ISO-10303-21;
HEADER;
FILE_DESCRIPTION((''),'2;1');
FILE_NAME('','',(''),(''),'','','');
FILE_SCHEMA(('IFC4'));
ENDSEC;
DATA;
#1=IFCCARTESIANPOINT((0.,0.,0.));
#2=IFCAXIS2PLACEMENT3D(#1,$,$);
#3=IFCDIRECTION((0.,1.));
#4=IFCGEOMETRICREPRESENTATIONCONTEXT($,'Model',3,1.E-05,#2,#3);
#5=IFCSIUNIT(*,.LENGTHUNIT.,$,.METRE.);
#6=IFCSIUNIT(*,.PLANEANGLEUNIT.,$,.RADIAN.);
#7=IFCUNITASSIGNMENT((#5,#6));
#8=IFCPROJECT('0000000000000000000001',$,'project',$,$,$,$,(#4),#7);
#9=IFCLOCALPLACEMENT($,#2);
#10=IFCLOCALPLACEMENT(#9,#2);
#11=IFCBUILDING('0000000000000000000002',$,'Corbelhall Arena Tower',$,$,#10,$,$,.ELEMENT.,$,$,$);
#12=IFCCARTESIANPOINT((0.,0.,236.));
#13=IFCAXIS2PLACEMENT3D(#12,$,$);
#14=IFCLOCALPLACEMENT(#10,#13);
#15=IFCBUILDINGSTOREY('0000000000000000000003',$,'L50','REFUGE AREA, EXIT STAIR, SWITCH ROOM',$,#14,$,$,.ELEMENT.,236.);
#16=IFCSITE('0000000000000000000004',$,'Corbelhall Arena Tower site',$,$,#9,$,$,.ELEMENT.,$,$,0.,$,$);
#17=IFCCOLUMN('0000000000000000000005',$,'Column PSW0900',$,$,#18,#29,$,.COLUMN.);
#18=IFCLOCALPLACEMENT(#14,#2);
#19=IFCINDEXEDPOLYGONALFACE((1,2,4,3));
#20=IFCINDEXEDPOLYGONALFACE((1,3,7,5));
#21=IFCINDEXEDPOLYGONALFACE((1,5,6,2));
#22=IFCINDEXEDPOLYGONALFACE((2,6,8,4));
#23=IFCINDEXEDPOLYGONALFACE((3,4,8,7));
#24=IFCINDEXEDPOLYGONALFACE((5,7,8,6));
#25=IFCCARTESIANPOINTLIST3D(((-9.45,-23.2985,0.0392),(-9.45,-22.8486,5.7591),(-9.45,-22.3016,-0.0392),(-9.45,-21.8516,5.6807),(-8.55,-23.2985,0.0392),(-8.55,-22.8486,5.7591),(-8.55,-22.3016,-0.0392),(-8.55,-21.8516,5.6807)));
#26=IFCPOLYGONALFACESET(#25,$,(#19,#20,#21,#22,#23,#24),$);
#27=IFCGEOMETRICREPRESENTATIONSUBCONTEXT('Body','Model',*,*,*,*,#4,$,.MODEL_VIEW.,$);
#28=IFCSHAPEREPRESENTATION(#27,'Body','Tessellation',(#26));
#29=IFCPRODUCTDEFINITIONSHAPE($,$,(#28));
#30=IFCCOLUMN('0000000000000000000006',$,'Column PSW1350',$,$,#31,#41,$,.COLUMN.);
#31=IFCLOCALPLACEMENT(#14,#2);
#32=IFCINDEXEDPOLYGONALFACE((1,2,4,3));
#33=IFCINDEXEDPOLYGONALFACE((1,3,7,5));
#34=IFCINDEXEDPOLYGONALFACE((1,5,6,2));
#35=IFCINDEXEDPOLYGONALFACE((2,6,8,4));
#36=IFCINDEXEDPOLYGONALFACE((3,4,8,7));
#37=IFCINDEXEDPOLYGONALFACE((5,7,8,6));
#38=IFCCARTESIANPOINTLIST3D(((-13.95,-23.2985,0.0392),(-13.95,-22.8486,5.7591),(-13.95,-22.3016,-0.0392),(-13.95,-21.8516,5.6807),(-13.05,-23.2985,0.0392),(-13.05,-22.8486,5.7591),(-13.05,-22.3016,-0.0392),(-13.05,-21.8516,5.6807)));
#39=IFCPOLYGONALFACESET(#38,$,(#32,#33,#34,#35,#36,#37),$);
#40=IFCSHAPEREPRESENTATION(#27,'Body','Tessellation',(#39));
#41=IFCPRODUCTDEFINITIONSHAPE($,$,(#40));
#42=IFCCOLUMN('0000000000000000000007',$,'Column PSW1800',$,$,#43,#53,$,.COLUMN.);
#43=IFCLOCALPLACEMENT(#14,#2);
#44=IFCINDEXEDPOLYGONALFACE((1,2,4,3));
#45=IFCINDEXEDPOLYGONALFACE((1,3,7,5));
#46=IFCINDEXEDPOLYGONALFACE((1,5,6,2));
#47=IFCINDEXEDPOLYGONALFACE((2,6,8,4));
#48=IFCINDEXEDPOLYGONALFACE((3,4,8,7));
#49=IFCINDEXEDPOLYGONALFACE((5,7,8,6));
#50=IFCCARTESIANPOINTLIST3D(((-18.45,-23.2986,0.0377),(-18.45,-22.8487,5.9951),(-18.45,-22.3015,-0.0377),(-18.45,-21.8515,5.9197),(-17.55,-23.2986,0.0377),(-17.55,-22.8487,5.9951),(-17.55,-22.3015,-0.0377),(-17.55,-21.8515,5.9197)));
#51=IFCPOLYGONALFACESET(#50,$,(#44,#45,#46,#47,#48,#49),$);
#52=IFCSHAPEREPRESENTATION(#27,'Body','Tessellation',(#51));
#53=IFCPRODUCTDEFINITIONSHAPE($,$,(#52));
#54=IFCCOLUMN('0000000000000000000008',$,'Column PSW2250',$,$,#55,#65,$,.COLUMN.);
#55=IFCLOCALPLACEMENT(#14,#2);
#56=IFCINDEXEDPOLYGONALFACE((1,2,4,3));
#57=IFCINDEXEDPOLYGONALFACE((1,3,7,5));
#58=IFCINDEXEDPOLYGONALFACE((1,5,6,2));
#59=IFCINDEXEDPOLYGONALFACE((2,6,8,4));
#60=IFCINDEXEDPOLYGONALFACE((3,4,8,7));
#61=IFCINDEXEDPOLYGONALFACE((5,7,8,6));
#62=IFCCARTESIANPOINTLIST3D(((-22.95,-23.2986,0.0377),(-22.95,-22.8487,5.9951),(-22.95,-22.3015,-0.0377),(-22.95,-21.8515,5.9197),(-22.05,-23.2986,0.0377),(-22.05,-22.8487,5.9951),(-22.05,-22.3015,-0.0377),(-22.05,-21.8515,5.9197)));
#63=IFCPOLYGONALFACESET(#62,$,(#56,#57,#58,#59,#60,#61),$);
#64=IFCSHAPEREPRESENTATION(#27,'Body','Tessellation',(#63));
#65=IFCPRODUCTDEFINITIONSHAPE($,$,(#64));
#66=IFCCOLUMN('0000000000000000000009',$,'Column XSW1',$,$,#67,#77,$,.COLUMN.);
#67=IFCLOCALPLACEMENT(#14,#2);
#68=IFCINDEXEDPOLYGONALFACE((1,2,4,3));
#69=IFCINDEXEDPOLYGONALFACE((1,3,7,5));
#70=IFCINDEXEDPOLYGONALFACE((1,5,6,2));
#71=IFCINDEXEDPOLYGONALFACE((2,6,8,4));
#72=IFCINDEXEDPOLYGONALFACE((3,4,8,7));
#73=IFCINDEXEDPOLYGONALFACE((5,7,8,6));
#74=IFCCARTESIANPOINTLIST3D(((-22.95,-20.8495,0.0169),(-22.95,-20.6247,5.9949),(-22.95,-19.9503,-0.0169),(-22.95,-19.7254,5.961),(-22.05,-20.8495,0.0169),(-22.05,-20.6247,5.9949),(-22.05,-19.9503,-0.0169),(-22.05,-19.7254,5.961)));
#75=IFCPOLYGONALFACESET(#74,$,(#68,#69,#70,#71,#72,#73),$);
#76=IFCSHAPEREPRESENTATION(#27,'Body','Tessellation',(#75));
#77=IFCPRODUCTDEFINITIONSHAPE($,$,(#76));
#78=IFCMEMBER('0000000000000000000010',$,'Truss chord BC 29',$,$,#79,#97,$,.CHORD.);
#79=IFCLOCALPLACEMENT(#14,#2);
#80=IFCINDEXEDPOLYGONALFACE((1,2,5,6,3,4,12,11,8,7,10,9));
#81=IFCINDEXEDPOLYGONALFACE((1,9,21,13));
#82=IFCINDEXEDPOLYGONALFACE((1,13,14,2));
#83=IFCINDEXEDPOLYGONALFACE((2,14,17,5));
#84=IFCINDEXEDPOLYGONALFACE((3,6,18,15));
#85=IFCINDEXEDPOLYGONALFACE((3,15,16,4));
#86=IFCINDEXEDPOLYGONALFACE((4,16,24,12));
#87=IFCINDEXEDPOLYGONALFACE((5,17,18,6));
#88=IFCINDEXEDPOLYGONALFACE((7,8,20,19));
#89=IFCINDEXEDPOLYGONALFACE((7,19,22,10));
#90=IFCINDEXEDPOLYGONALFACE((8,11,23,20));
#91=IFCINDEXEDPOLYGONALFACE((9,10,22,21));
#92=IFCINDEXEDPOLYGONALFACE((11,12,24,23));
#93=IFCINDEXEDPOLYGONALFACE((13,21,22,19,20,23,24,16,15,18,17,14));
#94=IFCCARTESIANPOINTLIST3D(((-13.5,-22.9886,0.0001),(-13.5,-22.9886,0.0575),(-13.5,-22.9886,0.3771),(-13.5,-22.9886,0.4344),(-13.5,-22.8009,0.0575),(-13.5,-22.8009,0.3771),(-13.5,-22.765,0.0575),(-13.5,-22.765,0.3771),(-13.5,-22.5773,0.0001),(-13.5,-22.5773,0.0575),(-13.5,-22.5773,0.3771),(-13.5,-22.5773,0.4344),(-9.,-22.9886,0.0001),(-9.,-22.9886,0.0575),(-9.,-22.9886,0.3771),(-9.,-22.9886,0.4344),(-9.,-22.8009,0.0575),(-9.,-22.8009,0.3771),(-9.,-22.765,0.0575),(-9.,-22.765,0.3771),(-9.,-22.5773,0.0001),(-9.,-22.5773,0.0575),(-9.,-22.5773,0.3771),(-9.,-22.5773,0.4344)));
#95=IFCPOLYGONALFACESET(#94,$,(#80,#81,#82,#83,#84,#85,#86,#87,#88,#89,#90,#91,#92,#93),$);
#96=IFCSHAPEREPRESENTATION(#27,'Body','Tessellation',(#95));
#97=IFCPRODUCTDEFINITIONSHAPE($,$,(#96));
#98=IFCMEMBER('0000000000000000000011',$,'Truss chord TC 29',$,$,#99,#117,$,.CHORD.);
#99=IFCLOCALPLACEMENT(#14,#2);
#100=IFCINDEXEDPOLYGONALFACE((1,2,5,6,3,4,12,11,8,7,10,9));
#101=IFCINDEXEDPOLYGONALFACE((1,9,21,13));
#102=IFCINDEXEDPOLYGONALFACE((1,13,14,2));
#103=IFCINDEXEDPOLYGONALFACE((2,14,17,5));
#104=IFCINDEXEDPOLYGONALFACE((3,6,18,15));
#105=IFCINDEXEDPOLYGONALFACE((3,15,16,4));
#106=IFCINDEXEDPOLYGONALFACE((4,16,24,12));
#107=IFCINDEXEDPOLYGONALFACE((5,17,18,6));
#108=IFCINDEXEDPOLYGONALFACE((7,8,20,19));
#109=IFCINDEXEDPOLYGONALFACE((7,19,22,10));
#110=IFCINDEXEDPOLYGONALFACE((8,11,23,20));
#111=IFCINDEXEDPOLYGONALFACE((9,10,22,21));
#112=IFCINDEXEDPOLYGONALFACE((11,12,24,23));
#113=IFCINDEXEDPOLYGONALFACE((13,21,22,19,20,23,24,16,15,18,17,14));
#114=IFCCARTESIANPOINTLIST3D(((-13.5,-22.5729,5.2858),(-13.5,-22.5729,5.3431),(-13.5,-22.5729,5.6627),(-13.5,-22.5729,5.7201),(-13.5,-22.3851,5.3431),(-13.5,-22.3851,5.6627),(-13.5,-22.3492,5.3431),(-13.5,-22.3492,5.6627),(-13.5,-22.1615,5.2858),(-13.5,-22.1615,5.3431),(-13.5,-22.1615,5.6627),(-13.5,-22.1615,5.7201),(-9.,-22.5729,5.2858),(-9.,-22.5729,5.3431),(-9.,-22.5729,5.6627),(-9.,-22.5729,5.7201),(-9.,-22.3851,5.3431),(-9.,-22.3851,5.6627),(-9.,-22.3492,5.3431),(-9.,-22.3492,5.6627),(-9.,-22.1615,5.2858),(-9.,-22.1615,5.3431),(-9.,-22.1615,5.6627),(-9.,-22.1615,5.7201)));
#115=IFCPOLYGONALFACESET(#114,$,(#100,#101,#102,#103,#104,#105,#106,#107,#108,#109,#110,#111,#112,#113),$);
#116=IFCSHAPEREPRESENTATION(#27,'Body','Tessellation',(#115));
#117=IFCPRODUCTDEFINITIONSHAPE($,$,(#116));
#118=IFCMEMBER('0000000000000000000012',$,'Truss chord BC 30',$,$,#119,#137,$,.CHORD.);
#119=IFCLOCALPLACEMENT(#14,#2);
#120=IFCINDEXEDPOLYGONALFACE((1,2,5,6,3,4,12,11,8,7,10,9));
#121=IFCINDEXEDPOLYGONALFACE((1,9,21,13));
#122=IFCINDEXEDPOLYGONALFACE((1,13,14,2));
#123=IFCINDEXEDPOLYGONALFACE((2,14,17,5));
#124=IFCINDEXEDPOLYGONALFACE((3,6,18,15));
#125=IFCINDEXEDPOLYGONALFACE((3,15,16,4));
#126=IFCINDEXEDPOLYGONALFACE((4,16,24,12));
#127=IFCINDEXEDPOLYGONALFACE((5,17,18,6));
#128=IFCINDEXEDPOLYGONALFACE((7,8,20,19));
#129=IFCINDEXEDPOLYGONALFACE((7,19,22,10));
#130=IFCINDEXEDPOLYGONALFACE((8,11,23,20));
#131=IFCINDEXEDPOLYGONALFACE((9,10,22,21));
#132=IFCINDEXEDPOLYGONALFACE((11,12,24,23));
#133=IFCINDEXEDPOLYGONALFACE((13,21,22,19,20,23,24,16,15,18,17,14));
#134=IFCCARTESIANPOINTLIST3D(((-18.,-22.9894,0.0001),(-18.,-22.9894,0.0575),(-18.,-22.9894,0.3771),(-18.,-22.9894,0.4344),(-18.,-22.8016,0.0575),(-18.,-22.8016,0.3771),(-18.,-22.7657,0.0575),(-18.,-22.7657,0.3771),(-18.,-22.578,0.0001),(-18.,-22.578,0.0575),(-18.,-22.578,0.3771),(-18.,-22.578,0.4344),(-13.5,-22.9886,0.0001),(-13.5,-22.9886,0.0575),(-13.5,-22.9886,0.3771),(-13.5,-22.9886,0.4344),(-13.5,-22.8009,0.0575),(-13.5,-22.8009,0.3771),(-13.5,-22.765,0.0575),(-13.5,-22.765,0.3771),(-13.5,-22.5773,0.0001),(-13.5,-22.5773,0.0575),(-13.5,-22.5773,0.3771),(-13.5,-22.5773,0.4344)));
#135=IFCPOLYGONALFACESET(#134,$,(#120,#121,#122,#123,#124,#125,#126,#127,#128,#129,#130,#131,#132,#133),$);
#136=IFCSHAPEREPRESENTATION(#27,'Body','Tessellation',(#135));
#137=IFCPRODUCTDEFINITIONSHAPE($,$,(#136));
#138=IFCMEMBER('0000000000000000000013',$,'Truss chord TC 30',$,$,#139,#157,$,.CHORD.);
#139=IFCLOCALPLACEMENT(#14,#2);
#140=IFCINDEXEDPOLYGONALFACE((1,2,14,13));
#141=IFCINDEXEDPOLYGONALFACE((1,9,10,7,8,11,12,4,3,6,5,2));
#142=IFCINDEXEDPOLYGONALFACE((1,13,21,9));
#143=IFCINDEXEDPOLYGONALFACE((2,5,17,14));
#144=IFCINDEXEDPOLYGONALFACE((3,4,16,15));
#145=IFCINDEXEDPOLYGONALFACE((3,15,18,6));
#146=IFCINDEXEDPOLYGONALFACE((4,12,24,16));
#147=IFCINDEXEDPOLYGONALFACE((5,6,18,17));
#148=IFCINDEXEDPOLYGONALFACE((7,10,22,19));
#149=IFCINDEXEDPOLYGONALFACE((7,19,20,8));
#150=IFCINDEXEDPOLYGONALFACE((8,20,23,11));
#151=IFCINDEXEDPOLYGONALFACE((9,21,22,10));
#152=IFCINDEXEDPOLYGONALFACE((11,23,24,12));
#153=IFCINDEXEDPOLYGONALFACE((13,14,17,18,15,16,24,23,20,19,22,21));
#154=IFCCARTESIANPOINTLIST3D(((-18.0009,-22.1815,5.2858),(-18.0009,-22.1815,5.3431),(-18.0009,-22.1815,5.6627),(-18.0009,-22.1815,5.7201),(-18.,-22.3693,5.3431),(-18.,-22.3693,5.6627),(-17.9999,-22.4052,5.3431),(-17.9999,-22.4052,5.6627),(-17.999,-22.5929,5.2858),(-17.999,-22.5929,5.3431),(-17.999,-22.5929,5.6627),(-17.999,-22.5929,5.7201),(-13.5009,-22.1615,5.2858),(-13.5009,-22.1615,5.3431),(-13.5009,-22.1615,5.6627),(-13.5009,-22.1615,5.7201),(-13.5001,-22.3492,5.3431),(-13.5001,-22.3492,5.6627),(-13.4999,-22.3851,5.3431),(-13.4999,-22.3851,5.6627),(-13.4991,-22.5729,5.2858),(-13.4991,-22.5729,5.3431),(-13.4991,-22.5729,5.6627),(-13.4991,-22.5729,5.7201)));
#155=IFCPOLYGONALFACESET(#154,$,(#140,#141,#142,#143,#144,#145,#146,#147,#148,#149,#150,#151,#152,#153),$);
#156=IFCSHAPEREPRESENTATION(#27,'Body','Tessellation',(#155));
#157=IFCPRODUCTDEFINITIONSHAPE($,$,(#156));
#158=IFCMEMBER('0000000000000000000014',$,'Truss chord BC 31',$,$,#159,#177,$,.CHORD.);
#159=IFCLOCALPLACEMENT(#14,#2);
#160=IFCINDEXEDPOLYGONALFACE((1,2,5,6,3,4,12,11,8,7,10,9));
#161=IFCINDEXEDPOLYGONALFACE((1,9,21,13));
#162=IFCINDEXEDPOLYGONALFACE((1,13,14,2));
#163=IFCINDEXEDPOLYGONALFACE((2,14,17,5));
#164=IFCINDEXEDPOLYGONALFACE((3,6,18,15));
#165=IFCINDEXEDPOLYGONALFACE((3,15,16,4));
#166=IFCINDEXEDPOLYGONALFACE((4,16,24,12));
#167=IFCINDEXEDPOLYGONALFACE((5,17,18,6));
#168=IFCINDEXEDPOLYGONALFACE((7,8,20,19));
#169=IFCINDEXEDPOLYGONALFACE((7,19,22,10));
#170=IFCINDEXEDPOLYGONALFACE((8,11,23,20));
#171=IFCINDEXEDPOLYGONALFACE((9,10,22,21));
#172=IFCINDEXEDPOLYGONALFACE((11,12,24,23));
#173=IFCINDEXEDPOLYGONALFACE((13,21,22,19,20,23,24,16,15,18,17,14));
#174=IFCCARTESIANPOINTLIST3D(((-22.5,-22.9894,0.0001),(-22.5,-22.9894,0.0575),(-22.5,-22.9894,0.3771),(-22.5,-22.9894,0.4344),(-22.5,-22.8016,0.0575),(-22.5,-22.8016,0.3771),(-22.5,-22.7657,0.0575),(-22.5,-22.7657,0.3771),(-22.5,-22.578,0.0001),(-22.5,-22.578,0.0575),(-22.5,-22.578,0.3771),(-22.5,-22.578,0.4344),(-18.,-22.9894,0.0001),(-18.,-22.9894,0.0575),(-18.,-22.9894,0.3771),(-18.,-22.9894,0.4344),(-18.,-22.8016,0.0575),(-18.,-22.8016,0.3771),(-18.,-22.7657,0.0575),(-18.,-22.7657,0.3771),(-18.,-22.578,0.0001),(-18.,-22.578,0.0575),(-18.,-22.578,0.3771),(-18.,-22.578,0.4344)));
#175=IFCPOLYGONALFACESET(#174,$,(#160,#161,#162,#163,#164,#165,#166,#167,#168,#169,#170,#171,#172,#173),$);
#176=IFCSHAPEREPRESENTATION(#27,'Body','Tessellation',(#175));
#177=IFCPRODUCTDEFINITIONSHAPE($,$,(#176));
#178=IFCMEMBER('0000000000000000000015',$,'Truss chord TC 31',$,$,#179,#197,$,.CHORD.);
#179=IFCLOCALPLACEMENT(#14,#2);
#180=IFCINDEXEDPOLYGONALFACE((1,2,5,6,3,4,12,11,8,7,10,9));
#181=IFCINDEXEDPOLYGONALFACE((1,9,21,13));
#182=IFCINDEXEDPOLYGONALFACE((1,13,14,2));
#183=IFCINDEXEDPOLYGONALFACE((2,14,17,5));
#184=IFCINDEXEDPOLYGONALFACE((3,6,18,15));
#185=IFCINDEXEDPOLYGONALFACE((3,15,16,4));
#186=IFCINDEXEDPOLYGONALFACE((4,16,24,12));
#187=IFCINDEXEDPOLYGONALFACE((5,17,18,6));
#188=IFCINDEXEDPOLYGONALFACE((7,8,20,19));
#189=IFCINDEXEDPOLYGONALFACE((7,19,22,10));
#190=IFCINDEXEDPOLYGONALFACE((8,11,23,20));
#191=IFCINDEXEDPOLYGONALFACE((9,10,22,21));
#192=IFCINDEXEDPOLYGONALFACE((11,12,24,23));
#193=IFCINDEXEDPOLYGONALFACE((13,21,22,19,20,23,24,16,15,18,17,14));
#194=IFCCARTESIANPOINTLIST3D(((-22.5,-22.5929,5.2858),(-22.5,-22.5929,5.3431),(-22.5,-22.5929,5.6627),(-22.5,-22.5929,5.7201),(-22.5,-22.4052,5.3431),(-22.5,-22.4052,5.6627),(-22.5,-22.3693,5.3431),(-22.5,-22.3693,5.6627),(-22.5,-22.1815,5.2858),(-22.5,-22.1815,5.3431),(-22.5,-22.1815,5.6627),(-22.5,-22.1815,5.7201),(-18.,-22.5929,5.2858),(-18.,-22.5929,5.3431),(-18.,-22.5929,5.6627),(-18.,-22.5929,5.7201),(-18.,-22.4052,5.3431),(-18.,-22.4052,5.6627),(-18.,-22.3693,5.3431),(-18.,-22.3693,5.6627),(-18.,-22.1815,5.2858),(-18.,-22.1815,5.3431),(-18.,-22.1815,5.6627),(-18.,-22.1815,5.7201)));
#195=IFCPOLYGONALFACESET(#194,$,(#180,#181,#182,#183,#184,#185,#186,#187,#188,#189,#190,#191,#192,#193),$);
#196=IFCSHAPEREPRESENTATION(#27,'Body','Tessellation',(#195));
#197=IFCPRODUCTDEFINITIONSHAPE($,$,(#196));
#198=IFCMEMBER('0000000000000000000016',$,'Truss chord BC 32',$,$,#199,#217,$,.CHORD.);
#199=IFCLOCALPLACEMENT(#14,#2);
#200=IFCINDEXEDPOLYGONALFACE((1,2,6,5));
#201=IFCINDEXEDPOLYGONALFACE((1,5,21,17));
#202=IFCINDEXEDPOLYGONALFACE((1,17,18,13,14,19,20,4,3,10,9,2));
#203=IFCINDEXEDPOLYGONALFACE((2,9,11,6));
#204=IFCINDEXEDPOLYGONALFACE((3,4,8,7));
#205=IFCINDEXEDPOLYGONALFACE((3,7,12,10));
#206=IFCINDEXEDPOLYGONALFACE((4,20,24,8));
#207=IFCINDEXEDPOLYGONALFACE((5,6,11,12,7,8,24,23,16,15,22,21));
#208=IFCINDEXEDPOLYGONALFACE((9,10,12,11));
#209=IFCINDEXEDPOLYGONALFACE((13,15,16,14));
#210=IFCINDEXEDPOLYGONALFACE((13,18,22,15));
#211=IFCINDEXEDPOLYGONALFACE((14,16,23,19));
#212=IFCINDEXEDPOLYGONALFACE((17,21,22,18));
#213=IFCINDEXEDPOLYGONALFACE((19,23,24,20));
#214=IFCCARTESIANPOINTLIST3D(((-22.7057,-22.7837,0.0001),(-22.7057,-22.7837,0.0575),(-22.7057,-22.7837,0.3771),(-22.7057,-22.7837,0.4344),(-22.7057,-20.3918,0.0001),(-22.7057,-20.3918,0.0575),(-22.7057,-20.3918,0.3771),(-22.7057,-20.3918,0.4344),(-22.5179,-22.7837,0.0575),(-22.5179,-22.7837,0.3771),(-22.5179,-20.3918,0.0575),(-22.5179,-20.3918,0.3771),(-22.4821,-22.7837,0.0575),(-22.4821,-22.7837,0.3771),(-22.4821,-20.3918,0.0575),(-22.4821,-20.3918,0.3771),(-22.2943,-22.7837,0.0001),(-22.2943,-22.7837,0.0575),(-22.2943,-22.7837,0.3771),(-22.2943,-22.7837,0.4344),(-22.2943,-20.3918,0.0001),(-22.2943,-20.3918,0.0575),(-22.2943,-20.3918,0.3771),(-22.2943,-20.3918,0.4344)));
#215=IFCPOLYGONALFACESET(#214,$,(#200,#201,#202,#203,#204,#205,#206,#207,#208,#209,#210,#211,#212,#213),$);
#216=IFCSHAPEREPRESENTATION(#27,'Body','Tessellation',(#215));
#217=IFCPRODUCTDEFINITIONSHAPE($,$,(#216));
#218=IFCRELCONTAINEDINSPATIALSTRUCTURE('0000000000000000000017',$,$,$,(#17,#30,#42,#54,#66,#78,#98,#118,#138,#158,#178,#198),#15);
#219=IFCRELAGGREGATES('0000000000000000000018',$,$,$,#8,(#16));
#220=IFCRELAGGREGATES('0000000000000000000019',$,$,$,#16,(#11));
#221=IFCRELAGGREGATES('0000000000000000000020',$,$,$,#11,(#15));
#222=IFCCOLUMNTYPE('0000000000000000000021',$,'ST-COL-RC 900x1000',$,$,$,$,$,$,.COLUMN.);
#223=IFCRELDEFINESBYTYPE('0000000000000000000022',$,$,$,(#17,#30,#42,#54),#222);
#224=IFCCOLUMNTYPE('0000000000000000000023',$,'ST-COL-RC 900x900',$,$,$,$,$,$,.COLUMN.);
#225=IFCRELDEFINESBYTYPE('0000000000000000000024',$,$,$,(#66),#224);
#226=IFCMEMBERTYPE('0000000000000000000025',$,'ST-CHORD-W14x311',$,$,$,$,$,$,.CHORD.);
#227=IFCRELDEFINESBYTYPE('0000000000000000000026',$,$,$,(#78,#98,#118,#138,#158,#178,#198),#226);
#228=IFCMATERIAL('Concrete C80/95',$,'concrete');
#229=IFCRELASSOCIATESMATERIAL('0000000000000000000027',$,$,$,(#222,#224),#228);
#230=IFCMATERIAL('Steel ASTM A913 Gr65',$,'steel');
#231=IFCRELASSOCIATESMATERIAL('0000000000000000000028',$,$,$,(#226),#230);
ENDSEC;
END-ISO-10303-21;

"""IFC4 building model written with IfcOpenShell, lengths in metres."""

from ifc_helpers import new_model, si_unit, direction, frame, origin, origin_2d, place, context, subcontext, project, spatial, rectangle, i_section, extrude, material, material_profile, profile_set, type_object, element, save


model = new_model("IFC4")

# Units and contexts
model_context = context("Model", 3, precision=1e-05, world=origin(), true_north=direction((0.0, 1.0)))
body_context = subcontext(model_context, "Body", "Model", "MODEL_VIEW")
ifc_project = project(units=[si_unit("LENGTHUNIT", "METRE"), si_unit("PLANEANGLEUNIT", "RADIAN")], contexts=[model_context])

# Site, building, storey
site_placement = place(None, origin())
site = spatial("IfcSite", under=ifc_project, at=site_placement, Name="Corbelhall Arena Tower site", CompositionType="ELEMENT", RefElevation=0.0)
building_placement = place(site_placement, origin())
building = spatial("IfcBuilding", under=site, at=building_placement, Name="Corbelhall Arena Tower", CompositionType="ELEMENT")
storey_placement = place(building_placement, frame((0.0, 0.0, 236.0)))
storey = spatial("IfcBuildingStorey", under=building, at=storey_placement, Name="L50", Description="REFUGE AREA, EXIT STAIR, SWITCH ROOM", CompositionType="ELEMENT", Elevation=236.0)

# Columns
ifc_material_1 = material(Name="Concrete C80/95", Category="concrete")
ifc_material_profile_1 = material_profile(ifc_material_1, rectangle(XDim=0.8999, YDim=1.0, at=origin_2d()))
ifc_profile_set_1 = profile_set([ifc_material_profile_1], Name="Concrete C80/95")
column_type_1 = type_object("IfcColumnType", Name="ST-COL-RC 900x1000", PredefinedType="COLUMN", material=ifc_profile_set_1)
for number, where, z_axis, x_axis, name in (
    (1, (-9.0, -22.8, 0.0), (0.0, 0.078421, 0.99692), (-1.0, 0.0, 0.0), "Column PSW0900"),
    (2, (-13.5, -22.8, 0.0), (0.0, 0.078421, 0.99692), (-1.0, 0.0, 0.0), "Column PSW1350"),
):
    element("IfcColumn", number, at=place(storey_placement, frame(where, z_axis=z_axis, x_axis=x_axis)), inside=storey, type_object=column_type_1, Name=name, PredefinedType="COLUMN", context=body_context, shape_type="SweptSolid", body=[
        extrude(rectangle(XDim=0.8999, YDim=1.0, at=origin_2d()), origin(), (0.0, 0.0, 1.0), 5.7375),
    ])
for number, where, z_axis, x_axis, name in (
    (3, (-18.0, -22.8, 0.0), (0.0, 0.075312, 0.99716), (-1.0, 0.0, 0.0), "Column PSW1800"),
    (4, (-22.5, -22.8, 0.0), (0.0, 0.075312, 0.99716), (-1.0, 0.0, 0.0), "Column PSW2250"),
):
    element("IfcColumn", number, at=place(storey_placement, frame(where, z_axis=z_axis, x_axis=x_axis)), inside=storey, type_object=column_type_1, Name=name, PredefinedType="COLUMN", context=body_context, shape_type="SweptSolid", body=[
        extrude(rectangle(XDim=0.8999, YDim=1.0, at=origin_2d()), origin(), (0.0, 0.0, 1.0), 5.9744),
    ])
ifc_material_profile_2 = material_profile(ifc_material_1, rectangle(XDim=0.8999, YDim=0.8999, at=origin_2d()))
ifc_profile_set_2 = profile_set([ifc_material_profile_2], Name="Concrete C80/95")
column_type_2 = type_object("IfcColumnType", Name="ST-COL-RC 900x900", PredefinedType="COLUMN", material=ifc_profile_set_2)
column_placement = place(storey_placement, frame((-22.5, -20.3999, 0.0), z_axis=(0.0, 0.037587, 0.999293), x_axis=(-1.0, 0.0, 0.0)))
element("IfcColumn", 5, at=column_placement, inside=storey, type_object=column_type_2, Name="Column XSW1", PredefinedType="COLUMN", context=body_context, shape_type="SweptSolid", body=[
    extrude(rectangle(XDim=0.8999, YDim=0.8999, at=origin_2d()), origin(), (0.0, 0.0, 1.0), 5.9822),
])

# Members
ifc_material_2 = material(Name="Steel ASTM A913 Gr65", Category="steel")
ifc_material_profile_3 = material_profile(ifc_material_2, i_section(OverallWidth=0.4114, OverallDepth=0.4343, WebThickness=0.0359, FlangeThickness=0.0574, at=origin_2d()))
ifc_profile_set_3 = profile_set([ifc_material_profile_3], Name="Steel ASTM A913 Gr65")
member_type_1 = type_object("IfcMemberType", Name="ST-CHORD-W14x311", PredefinedType="CHORD", material=ifc_profile_set_3)
for number, where, z_axis, x_axis, name in (
    (6, (-9.0, -22.783, 0.2173), (-1.0, 0.0, 0.0), (0.0, -1.0, 0.0), "Truss chord BC 29"),
    (7, (-9.0, -22.3672, 5.5029), (-1.0, 0.0, 0.0), (0.0, -1.0, 0.0), "Truss chord TC 29"),
    (8, (-13.5, -22.783, 0.2173), (-1.0, -0.000163, 0.0), (0.000163, -1.0, 0.0), "Truss chord BC 30"),
    (9, (-13.5, -22.3672, 5.5029), (-0.99999, -0.004449, 0.0), (0.004449, -0.99999, 0.0), "Truss chord TC 30"),
    (10, (-18.0, -22.7837, 0.2173), (-1.0, 0.0, 0.0), (0.0, -1.0, 0.0), "Truss chord BC 31"),
    (11, (-18.0, -22.3872, 5.5029), (-1.0, 0.0, 0.0), (0.0, -1.0, 0.0), "Truss chord TC 31"),
):
    element("IfcMember", number, at=place(storey_placement, frame(where, z_axis=z_axis, x_axis=x_axis)), inside=storey, type_object=member_type_1, Name=name, PredefinedType="CHORD", context=body_context, shape_type="SweptSolid", body=[
        extrude(i_section(OverallWidth=0.4114, OverallDepth=0.4343, WebThickness=0.0359, FlangeThickness=0.0574, at=origin_2d()), origin(), (0.0, 0.0, 1.0), 4.5),
    ])
member_1_placement = place(storey_placement, frame((-22.5, -22.7837, 0.2173), z_axis=(0.0, 1.0, 0.0), x_axis=(-1.0, 0.0, 0.0)))
element("IfcMember", 12, at=member_1_placement, inside=storey, type_object=member_type_1, Name="Truss chord BC 32", PredefinedType="CHORD", context=body_context, shape_type="SweptSolid", body=[
    extrude(i_section(OverallWidth=0.4114, OverallDepth=0.4343, WebThickness=0.0359, FlangeThickness=0.0574, at=origin_2d()), origin(), (0.0, 0.0, 1.0), 2.3918),
])

save(model, "model.ifc")
